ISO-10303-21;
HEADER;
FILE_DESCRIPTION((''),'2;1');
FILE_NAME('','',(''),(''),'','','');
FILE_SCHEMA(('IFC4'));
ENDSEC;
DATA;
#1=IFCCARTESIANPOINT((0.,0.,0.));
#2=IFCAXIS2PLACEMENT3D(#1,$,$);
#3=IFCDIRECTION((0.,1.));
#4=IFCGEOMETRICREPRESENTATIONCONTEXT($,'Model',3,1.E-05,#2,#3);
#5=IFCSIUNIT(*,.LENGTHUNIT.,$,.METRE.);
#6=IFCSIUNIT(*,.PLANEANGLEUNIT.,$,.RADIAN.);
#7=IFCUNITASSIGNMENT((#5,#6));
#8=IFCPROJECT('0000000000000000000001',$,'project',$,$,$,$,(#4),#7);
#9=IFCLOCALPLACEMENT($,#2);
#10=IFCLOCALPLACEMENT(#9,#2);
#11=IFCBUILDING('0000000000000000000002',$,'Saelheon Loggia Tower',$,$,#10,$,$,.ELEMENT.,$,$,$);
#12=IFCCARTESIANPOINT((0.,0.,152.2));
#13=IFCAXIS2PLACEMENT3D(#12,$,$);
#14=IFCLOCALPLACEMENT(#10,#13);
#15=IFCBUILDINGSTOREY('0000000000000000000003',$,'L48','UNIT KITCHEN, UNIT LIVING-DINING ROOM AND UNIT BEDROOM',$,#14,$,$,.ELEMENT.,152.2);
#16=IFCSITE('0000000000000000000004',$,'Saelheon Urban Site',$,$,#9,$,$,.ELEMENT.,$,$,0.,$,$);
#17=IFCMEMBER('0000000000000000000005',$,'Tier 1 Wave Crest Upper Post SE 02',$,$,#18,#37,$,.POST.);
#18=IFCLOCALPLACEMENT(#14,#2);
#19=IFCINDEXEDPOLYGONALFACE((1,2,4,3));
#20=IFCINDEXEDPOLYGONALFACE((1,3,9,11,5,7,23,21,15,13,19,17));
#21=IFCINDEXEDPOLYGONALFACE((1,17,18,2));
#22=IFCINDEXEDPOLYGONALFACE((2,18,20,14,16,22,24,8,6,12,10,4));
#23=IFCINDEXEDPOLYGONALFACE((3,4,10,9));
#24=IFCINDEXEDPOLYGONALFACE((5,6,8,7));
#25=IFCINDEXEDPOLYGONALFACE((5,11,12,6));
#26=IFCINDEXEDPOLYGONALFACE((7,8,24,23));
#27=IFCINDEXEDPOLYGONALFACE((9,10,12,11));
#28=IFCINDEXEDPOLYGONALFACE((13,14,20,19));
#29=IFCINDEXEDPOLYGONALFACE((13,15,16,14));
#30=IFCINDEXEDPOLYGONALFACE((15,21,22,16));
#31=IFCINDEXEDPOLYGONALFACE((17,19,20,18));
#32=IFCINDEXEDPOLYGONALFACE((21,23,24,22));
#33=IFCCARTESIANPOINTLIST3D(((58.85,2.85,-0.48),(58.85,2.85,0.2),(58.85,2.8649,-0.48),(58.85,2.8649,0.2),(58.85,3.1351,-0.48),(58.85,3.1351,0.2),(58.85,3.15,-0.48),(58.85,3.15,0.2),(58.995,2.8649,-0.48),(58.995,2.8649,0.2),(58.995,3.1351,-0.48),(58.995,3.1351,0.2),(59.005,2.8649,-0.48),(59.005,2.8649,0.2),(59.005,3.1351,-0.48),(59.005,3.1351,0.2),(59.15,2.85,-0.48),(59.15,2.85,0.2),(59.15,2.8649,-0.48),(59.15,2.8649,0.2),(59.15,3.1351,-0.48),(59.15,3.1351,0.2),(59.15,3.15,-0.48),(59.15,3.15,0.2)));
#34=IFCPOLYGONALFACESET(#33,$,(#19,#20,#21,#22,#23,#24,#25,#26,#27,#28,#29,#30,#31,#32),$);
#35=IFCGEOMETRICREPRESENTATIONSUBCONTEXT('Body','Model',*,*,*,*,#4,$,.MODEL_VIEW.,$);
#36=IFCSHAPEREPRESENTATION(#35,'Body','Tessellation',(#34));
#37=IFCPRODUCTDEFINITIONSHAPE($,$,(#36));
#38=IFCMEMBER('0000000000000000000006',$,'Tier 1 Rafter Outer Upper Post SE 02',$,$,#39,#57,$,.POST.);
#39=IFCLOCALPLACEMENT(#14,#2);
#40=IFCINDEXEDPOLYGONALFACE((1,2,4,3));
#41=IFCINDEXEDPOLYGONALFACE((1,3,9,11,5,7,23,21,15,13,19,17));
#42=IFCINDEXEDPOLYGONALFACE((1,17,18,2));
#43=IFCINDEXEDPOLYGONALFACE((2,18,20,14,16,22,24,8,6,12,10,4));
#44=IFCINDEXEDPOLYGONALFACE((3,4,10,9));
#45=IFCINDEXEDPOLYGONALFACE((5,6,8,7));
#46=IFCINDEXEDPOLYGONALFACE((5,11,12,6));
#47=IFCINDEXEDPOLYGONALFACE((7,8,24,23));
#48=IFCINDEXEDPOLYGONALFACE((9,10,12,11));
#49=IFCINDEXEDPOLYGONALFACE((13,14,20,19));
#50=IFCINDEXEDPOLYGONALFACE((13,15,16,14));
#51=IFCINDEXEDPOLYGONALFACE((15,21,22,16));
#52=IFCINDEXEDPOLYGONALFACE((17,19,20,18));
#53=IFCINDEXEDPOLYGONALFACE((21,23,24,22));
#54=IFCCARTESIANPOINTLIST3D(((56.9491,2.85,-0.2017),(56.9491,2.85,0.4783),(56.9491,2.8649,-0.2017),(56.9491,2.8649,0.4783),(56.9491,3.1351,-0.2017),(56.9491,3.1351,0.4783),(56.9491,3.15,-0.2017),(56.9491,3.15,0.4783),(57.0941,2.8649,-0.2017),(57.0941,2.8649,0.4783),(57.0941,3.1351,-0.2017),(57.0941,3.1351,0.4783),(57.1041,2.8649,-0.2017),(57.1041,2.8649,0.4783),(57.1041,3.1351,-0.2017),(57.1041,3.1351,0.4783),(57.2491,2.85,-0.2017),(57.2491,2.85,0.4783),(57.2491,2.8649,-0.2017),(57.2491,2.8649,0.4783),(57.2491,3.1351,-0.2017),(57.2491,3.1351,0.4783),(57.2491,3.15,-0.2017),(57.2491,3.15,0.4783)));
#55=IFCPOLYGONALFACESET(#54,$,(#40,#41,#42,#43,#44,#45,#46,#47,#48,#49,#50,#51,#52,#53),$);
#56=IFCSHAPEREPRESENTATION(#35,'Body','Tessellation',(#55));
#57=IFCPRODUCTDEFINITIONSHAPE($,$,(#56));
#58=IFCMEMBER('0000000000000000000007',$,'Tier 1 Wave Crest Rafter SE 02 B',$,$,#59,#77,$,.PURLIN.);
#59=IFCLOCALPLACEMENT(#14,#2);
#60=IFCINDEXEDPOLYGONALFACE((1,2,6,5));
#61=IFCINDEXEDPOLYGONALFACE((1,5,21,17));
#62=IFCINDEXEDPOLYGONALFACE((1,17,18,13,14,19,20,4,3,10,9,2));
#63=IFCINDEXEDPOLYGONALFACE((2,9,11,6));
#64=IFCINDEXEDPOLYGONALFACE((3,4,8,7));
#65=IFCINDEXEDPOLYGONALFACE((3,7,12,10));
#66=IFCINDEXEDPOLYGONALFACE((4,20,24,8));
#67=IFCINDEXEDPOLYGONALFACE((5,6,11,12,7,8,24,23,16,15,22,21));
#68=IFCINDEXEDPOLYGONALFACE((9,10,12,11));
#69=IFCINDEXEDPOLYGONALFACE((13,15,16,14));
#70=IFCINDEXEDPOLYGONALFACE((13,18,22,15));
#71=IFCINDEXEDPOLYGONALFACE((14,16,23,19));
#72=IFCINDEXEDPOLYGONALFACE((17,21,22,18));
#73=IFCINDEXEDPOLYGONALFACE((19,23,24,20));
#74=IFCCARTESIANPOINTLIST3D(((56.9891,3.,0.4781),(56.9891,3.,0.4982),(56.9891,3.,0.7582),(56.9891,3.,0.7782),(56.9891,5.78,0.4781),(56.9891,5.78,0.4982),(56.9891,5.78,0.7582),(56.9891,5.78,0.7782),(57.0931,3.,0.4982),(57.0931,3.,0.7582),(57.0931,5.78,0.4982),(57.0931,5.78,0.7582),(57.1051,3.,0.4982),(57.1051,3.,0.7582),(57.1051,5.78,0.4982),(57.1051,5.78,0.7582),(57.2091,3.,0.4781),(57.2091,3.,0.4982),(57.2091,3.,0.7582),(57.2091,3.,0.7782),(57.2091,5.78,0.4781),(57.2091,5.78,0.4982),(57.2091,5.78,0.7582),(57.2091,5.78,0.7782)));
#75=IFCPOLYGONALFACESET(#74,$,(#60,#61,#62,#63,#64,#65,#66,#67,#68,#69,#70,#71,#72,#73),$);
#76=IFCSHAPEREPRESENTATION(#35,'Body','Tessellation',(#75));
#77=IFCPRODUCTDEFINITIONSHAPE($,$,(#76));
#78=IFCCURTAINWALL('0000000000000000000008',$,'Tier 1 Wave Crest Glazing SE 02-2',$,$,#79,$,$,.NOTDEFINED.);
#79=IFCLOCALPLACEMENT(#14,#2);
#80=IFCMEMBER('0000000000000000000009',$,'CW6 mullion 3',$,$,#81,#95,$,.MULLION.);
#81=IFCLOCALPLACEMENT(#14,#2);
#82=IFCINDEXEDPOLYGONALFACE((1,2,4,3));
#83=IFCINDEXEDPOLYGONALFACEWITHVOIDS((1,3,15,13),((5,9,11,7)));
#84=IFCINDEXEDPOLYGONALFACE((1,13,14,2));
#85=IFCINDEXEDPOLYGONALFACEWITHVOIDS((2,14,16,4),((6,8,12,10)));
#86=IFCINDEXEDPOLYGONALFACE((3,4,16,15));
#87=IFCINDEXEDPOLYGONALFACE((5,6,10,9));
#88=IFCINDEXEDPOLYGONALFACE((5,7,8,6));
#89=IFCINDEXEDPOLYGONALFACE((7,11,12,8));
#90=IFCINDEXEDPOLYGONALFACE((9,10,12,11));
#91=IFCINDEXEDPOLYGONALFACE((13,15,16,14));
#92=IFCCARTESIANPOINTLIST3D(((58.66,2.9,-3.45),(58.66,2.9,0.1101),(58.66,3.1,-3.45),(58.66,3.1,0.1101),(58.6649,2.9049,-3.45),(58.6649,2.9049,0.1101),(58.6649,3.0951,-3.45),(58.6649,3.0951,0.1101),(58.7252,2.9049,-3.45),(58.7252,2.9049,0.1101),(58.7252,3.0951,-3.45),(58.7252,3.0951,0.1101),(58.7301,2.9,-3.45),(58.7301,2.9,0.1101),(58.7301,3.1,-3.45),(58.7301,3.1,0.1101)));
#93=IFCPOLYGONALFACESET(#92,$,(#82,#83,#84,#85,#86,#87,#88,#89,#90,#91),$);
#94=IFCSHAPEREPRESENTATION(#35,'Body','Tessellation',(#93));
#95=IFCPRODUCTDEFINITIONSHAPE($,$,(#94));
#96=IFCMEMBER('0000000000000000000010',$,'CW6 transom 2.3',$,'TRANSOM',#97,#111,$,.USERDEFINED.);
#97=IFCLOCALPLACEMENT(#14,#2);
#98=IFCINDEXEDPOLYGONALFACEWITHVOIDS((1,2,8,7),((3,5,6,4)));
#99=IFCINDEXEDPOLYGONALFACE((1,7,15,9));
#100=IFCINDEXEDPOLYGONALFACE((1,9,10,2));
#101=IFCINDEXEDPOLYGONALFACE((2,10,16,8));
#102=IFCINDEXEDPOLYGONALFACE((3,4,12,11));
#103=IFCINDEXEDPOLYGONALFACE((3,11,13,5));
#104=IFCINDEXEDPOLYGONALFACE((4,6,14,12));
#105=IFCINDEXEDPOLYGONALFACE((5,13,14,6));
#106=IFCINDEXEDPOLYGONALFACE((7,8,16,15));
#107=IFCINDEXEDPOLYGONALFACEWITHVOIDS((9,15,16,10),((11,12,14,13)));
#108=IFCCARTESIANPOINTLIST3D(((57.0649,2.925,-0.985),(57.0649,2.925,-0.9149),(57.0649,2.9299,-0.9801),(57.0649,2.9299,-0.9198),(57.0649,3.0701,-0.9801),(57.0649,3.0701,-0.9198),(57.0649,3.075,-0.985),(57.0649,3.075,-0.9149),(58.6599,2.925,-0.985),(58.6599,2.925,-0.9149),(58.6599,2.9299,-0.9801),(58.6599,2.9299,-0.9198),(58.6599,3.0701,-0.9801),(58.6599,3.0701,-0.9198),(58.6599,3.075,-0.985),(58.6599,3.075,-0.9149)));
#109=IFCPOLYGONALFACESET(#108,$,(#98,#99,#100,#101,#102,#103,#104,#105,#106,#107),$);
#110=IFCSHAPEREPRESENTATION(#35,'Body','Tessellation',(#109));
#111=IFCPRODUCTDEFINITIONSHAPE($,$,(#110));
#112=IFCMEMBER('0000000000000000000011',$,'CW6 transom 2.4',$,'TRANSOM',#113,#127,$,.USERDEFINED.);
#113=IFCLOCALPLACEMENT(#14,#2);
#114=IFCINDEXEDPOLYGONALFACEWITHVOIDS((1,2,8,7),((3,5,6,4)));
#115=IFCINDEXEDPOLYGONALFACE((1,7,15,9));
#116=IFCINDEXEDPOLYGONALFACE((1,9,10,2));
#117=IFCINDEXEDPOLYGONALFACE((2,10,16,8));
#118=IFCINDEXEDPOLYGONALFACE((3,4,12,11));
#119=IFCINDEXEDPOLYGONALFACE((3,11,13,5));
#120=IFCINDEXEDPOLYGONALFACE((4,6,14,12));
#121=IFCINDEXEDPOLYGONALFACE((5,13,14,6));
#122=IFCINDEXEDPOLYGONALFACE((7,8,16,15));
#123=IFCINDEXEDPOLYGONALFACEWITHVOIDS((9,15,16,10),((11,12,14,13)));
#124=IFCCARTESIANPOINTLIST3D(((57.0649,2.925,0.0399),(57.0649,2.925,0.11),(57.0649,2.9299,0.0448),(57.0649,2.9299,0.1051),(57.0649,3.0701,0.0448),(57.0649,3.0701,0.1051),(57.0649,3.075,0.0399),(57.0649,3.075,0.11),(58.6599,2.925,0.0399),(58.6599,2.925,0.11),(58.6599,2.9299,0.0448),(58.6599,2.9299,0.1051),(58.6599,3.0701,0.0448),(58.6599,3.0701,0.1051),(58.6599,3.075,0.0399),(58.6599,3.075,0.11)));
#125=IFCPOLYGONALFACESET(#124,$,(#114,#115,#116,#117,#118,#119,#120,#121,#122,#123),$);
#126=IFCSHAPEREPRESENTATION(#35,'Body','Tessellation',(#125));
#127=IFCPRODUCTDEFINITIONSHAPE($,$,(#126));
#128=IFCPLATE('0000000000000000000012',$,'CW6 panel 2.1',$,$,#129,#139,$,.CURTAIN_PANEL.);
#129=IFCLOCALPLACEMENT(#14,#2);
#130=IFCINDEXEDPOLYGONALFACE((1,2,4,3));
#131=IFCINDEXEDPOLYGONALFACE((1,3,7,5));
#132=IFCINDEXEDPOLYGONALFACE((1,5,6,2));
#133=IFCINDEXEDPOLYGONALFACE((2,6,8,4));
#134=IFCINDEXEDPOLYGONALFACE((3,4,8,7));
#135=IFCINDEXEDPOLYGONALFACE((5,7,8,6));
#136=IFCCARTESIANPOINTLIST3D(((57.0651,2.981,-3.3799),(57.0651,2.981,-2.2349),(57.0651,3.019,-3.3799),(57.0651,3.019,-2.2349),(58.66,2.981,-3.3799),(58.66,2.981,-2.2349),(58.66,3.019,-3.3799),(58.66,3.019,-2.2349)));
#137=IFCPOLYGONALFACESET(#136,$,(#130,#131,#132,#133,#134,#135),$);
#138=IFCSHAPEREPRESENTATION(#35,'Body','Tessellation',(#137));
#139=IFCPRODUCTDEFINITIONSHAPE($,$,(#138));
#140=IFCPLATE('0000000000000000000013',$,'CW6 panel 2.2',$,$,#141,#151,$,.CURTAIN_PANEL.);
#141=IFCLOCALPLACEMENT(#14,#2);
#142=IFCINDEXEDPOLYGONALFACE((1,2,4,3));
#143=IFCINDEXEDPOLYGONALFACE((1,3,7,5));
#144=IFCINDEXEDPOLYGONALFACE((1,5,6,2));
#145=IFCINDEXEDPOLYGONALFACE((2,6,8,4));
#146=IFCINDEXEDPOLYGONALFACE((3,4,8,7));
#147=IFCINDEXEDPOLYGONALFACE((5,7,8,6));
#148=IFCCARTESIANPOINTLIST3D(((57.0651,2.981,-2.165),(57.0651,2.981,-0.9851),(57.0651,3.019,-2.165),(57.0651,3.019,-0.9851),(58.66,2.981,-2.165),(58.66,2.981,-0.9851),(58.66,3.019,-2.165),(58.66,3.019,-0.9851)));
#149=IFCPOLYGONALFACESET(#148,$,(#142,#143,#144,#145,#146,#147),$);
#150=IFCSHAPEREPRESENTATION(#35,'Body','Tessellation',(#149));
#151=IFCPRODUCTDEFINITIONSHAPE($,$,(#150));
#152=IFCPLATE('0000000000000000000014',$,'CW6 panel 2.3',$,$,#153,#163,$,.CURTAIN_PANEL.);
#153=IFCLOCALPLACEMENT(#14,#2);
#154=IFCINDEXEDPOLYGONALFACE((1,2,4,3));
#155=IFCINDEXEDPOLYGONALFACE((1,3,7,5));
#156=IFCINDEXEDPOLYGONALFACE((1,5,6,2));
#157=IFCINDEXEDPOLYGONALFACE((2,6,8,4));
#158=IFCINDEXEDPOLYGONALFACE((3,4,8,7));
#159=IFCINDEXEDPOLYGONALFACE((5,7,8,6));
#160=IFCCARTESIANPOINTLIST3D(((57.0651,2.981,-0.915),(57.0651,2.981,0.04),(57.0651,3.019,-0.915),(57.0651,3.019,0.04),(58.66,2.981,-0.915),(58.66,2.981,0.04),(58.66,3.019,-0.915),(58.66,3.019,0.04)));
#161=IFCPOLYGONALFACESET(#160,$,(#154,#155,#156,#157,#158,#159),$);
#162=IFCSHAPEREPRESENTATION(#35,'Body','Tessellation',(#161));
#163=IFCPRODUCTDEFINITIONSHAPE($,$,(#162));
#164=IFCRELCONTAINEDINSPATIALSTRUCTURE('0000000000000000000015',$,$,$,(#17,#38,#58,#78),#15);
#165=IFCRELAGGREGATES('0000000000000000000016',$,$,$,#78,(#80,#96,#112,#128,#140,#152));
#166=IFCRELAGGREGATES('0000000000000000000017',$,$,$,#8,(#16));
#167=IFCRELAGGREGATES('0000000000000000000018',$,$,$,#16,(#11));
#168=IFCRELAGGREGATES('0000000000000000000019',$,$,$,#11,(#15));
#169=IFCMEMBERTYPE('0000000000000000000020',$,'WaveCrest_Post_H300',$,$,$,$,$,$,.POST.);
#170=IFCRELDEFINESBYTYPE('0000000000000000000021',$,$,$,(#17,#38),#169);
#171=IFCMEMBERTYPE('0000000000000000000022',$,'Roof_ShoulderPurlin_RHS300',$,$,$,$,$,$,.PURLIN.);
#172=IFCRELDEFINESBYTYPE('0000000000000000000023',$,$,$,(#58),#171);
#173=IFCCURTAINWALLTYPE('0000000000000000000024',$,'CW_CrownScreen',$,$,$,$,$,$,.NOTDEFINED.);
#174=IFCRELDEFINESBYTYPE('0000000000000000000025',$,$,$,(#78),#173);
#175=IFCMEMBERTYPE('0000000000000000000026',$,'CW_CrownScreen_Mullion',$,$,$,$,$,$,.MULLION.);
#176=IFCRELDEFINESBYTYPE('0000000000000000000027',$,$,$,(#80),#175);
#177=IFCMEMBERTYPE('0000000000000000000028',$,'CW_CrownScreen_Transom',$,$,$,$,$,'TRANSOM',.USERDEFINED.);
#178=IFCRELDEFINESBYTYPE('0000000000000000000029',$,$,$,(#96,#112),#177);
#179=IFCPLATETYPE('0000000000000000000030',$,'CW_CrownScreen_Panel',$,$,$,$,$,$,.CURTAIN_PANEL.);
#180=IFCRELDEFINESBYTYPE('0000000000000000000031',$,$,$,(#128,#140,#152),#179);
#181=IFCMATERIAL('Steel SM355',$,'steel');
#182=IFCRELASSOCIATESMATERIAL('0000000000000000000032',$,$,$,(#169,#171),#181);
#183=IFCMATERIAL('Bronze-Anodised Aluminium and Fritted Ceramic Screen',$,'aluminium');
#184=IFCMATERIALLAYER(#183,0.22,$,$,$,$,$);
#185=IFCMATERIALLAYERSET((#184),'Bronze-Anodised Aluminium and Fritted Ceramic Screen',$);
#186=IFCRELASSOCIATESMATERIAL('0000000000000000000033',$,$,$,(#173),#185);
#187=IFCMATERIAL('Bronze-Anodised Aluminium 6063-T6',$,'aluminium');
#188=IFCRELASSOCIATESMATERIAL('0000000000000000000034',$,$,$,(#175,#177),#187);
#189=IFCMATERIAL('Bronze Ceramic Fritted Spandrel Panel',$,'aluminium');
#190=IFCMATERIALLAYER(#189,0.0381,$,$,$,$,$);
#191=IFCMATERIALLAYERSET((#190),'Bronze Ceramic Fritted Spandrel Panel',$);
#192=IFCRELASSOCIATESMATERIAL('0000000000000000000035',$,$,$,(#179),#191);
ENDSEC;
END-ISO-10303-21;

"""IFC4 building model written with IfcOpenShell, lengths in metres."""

from ifc_helpers import new_model, si_unit, direction, frame, origin, origin_2d, place, context, subcontext, project, spatial, rectangle, hollow_rectangle, i_section, extrude, source, transform, mapped, material, layer, layer_set, material_profile, profile_set, type_object, element, aggregate, save


model = new_model("IFC4")

# Units and contexts
model_context = context("Model", 3, precision=1e-05, world=origin(), true_north=direction((0.0, 1.0)))
body_context = subcontext(model_context, "Body", "Model", "MODEL_VIEW")
ifc_project = project(units=[si_unit("LENGTHUNIT", "METRE"), si_unit("PLANEANGLEUNIT", "RADIAN")], contexts=[model_context])

# Site, building, storey
site_placement = place(None, origin())
site = spatial("IfcSite", under=ifc_project, at=site_placement, Name="Saelheon Urban Site", CompositionType="ELEMENT", RefElevation=0.0)
building_placement = place(site_placement, origin())
building = spatial("IfcBuilding", under=site, at=building_placement, Name="Saelheon Loggia Tower", CompositionType="ELEMENT")
storey_placement = place(building_placement, frame((0.0, 0.0, 152.2)))
storey = spatial("IfcBuildingStorey", under=building, at=storey_placement, Name="L48", Description="UNIT KITCHEN, UNIT LIVING-DINING ROOM AND UNIT BEDROOM", CompositionType="ELEMENT", Elevation=152.2)

# Members
ifc_material_1 = material(Name="Steel SM355", Category="steel")
ifc_material_profile_1 = material_profile(ifc_material_1, i_section(OverallWidth=0.3, OverallDepth=0.3, WebThickness=0.01, FlangeThickness=0.0149, at=origin_2d()), Name="H-300x300x10x15")
ifc_profile_set_1 = profile_set([ifc_material_profile_1], Name="Steel SM355")
member_type_1 = type_object("IfcMemberType", Name="WaveCrest_Post_H300", PredefinedType="POST", material=ifc_profile_set_1)
shared_shape_1 = source(origin(), body_context, "Body", "SweptSolid", [
    extrude(i_section(OverallWidth=0.3, OverallDepth=0.3, WebThickness=0.01, FlangeThickness=0.0149, at=origin_2d()), origin(), (0.0, 0.0, 1.0), 0.6799),
])
for number, where, z_axis, x_axis, name in (
    (1, (59.0, 3.0, -0.48), (0.0, 0.0, 1.0), (1.0, 0.0, 0.0), "Tier 1 Wave Crest Upper Post SE 02"),
    (2, (57.0991, 3.0, -0.2017), (0.0, 0.0, 1.0), (1.0, 0.0, 0.0), "Tier 1 Rafter Outer Upper Post SE 02"),
):
    element("IfcMember", number, at=place(storey_placement, frame(where, z_axis=z_axis, x_axis=x_axis)), inside=storey, type_object=member_type_1, Name=name, PredefinedType="POST", context=body_context, shape_type="MappedRepresentation", body=[
        mapped(shared_shape_1, transform((0.0, 0.0, 0.0), scale=1.0)),
    ])
ifc_material_profile_2 = material_profile(ifc_material_1, i_section(OverallWidth=0.22, OverallDepth=0.3, WebThickness=0.012, FlangeThickness=0.02, at=origin_2d()), Name="H-300x220x12x20")
ifc_profile_set_2 = profile_set([ifc_material_profile_2], Name="Steel SM355")
member_type_2 = type_object("IfcMemberType", Name="Roof_ShoulderPurlin_RHS300", PredefinedType="PURLIN", material=ifc_profile_set_2)
shared_shape_2 = source(origin(), body_context, "Body", "SweptSolid", [
    extrude(i_section(OverallWidth=0.22, OverallDepth=0.3, WebThickness=0.012, FlangeThickness=0.02, at=origin_2d()), origin(), (0.0, 0.0, 1.0), 2.78),
])
member_1_placement = place(storey_placement, frame((57.0991, 3.0, 0.6282), z_axis=(0.0, 1.0, 0.0), x_axis=(-1.0, 0.0, 0.0)))
element("IfcMember", 3, at=member_1_placement, inside=storey, type_object=member_type_2, Name="Tier 1 Wave Crest Rafter SE 02 B", PredefinedType="PURLIN", context=body_context, shape_type="MappedRepresentation", body=[
    mapped(shared_shape_2, transform((0.0, 0.0, 0.0), scale=1.0)),
])

# Curtain wall, members, plates
ifc_material_2 = material(Name="Bronze-Anodised Aluminium and Fritted Ceramic Screen", Category="aluminium")
ifc_layer_1 = layer(ifc_material_2, 0.22)
ifc_layer_set_1 = layer_set([ifc_layer_1], Name="Bronze-Anodised Aluminium and Fritted Ceramic Screen")
curtain_wall_type = type_object("IfcCurtainWallType", Name="CW_CrownScreen", PredefinedType="NOTDEFINED", material=ifc_layer_set_1)
curtain_wall_placement = place(storey_placement, origin())
curtain_wall = element("IfcCurtainWall", 4, at=curtain_wall_placement, inside=storey, type_object=curtain_wall_type, Name="Tier 1 Wave Crest Glazing SE 02-2", PredefinedType="NOTDEFINED")
ifc_material_3 = material(Name="Bronze-Anodised Aluminium 6063-T6", Category="aluminium")
ifc_material_profile_3 = material_profile(ifc_material_3, hollow_rectangle(XDim=0.0701, YDim=0.2, WallThickness=0.0049, at=origin_2d()), Name="RHS-200x70x5")
ifc_profile_set_3 = profile_set([ifc_material_profile_3], Name="Bronze-Anodised Aluminium 6063-T6")
member_type_3 = type_object("IfcMemberType", Name="CW_CrownScreen_Mullion", PredefinedType="MULLION", material=ifc_profile_set_3)
shared_shape_3 = source(origin(), body_context, "Body", "SweptSolid", [
    extrude(hollow_rectangle(XDim=0.0701, YDim=0.2, WallThickness=0.0049, at=origin_2d()), origin(), (0.0, 0.0, 1.0), 3.5601),
])
member_2_placement = place(storey_placement, frame((58.6951, 3.0, -3.45), z_axis=(0.0, 0.0, 1.0), x_axis=(1.0, 0.0, 0.0)))
member_2 = element("IfcMember", 5, at=member_2_placement, type_object=member_type_3, Name="CW6 mullion 3", PredefinedType="MULLION", context=body_context, shape_type="MappedRepresentation", body=[
    mapped(shared_shape_3, transform((0.0, 0.0, 0.0), scale=1.0)),
])
ifc_material_profile_4 = material_profile(ifc_material_3, hollow_rectangle(XDim=0.0701, YDim=0.1499, WallThickness=0.0049, at=origin_2d()), Name="RHS-150x70x5")
ifc_profile_set_4 = profile_set([ifc_material_profile_4], Name="Bronze-Anodised Aluminium 6063-T6")
member_type_4 = type_object("IfcMemberType", Name="CW_CrownScreen_Transom", ElementType="TRANSOM", PredefinedType="USERDEFINED", material=ifc_profile_set_4)
shared_shape_4 = source(origin(), body_context, "Body", "SweptSolid", [
    extrude(hollow_rectangle(XDim=0.0701, YDim=0.1499, WallThickness=0.0049, at=origin_2d()), origin(), (0.0, 0.0, 1.0), 1.595),
])
member_3_placement = place(storey_placement, frame((57.0649, 3.0, -0.95), z_axis=(1.0, 0.0, 0.0), x_axis=(0.0, 0.0, 1.0)))
member_3 = element("IfcMember", 6, at=member_3_placement, type_object=member_type_4, Name="CW6 transom 2.3", ObjectType="TRANSOM", PredefinedType="USERDEFINED", context=body_context, shape_type="MappedRepresentation", body=[
    mapped(shared_shape_4, transform((0.0, 0.0, 0.0), scale=1.0)),
])
member_4_placement = place(storey_placement, frame((57.0649, 3.0, 0.075), z_axis=(1.0, 0.0, 0.0), x_axis=(0.0, 0.0, 1.0)))
member_4 = element("IfcMember", 7, at=member_4_placement, type_object=member_type_4, Name="CW6 transom 2.4", ObjectType="TRANSOM", PredefinedType="USERDEFINED", context=body_context, shape_type="MappedRepresentation", body=[
    mapped(shared_shape_4, transform((0.0, 0.0, 0.0), scale=1.0)),
])
ifc_material_4 = material(Name="Bronze Ceramic Fritted Spandrel Panel", Category="aluminium")
ifc_layer_2 = layer(ifc_material_4, 0.0381)
ifc_layer_set_2 = layer_set([ifc_layer_2], Name="Bronze Ceramic Fritted Spandrel Panel")
plate_type = type_object("IfcPlateType", Name="CW_CrownScreen_Panel", PredefinedType="CURTAIN_PANEL", material=ifc_layer_set_2)
shared_shape_5 = source(origin(), body_context, "Body", "SweptSolid", [
    extrude(rectangle(XDim=1.595, YDim=0.0381, at=origin_2d()), origin(), (0.0, 0.0, 1.0), 1.145),
])
plate_1_placement = place(storey_placement, frame((57.8625, 3.0, -3.3799), z_axis=(0.0, 0.0, 1.0), x_axis=(1.0, 0.0, 0.0)))
plate_1 = element("IfcPlate", 8, at=plate_1_placement, type_object=plate_type, Name="CW6 panel 2.1", PredefinedType="CURTAIN_PANEL", context=body_context, shape_type="MappedRepresentation", body=[
    mapped(shared_shape_5, transform((0.0, 0.0, 0.0), scale=1.0)),
])
shared_shape_6 = source(origin(), body_context, "Body", "SweptSolid", [
    extrude(rectangle(XDim=1.595, YDim=0.0381, at=origin_2d()), origin(), (0.0, 0.0, 1.0), 1.1799),
])
plate_2_placement = place(storey_placement, frame((57.8625, 3.0, -2.165), z_axis=(0.0, 0.0, 1.0), x_axis=(1.0, 0.0, 0.0)))
plate_2 = element("IfcPlate", 9, at=plate_2_placement, type_object=plate_type, Name="CW6 panel 2.2", PredefinedType="CURTAIN_PANEL", context=body_context, shape_type="MappedRepresentation", body=[
    mapped(shared_shape_6, transform((0.0, 0.0, 0.0), scale=1.0)),
])
shared_shape_7 = source(origin(), body_context, "Body", "SweptSolid", [
    extrude(rectangle(XDim=1.595, YDim=0.0381, at=origin_2d()), origin(), (0.0, 0.0, 1.0), 0.9551),
])
plate_3_placement = place(storey_placement, frame((57.8625, 3.0, -0.915), z_axis=(0.0, 0.0, 1.0), x_axis=(1.0, 0.0, 0.0)))
plate_3 = element("IfcPlate", 10, at=plate_3_placement, type_object=plate_type, Name="CW6 panel 2.3", PredefinedType="CURTAIN_PANEL", context=body_context, shape_type="MappedRepresentation", body=[
    mapped(shared_shape_7, transform((0.0, 0.0, 0.0), scale=1.0)),
])
aggregate(curtain_wall, [member_2, member_3, member_4, plate_1, plate_2, plate_3])

save(model, "model.ifc")
